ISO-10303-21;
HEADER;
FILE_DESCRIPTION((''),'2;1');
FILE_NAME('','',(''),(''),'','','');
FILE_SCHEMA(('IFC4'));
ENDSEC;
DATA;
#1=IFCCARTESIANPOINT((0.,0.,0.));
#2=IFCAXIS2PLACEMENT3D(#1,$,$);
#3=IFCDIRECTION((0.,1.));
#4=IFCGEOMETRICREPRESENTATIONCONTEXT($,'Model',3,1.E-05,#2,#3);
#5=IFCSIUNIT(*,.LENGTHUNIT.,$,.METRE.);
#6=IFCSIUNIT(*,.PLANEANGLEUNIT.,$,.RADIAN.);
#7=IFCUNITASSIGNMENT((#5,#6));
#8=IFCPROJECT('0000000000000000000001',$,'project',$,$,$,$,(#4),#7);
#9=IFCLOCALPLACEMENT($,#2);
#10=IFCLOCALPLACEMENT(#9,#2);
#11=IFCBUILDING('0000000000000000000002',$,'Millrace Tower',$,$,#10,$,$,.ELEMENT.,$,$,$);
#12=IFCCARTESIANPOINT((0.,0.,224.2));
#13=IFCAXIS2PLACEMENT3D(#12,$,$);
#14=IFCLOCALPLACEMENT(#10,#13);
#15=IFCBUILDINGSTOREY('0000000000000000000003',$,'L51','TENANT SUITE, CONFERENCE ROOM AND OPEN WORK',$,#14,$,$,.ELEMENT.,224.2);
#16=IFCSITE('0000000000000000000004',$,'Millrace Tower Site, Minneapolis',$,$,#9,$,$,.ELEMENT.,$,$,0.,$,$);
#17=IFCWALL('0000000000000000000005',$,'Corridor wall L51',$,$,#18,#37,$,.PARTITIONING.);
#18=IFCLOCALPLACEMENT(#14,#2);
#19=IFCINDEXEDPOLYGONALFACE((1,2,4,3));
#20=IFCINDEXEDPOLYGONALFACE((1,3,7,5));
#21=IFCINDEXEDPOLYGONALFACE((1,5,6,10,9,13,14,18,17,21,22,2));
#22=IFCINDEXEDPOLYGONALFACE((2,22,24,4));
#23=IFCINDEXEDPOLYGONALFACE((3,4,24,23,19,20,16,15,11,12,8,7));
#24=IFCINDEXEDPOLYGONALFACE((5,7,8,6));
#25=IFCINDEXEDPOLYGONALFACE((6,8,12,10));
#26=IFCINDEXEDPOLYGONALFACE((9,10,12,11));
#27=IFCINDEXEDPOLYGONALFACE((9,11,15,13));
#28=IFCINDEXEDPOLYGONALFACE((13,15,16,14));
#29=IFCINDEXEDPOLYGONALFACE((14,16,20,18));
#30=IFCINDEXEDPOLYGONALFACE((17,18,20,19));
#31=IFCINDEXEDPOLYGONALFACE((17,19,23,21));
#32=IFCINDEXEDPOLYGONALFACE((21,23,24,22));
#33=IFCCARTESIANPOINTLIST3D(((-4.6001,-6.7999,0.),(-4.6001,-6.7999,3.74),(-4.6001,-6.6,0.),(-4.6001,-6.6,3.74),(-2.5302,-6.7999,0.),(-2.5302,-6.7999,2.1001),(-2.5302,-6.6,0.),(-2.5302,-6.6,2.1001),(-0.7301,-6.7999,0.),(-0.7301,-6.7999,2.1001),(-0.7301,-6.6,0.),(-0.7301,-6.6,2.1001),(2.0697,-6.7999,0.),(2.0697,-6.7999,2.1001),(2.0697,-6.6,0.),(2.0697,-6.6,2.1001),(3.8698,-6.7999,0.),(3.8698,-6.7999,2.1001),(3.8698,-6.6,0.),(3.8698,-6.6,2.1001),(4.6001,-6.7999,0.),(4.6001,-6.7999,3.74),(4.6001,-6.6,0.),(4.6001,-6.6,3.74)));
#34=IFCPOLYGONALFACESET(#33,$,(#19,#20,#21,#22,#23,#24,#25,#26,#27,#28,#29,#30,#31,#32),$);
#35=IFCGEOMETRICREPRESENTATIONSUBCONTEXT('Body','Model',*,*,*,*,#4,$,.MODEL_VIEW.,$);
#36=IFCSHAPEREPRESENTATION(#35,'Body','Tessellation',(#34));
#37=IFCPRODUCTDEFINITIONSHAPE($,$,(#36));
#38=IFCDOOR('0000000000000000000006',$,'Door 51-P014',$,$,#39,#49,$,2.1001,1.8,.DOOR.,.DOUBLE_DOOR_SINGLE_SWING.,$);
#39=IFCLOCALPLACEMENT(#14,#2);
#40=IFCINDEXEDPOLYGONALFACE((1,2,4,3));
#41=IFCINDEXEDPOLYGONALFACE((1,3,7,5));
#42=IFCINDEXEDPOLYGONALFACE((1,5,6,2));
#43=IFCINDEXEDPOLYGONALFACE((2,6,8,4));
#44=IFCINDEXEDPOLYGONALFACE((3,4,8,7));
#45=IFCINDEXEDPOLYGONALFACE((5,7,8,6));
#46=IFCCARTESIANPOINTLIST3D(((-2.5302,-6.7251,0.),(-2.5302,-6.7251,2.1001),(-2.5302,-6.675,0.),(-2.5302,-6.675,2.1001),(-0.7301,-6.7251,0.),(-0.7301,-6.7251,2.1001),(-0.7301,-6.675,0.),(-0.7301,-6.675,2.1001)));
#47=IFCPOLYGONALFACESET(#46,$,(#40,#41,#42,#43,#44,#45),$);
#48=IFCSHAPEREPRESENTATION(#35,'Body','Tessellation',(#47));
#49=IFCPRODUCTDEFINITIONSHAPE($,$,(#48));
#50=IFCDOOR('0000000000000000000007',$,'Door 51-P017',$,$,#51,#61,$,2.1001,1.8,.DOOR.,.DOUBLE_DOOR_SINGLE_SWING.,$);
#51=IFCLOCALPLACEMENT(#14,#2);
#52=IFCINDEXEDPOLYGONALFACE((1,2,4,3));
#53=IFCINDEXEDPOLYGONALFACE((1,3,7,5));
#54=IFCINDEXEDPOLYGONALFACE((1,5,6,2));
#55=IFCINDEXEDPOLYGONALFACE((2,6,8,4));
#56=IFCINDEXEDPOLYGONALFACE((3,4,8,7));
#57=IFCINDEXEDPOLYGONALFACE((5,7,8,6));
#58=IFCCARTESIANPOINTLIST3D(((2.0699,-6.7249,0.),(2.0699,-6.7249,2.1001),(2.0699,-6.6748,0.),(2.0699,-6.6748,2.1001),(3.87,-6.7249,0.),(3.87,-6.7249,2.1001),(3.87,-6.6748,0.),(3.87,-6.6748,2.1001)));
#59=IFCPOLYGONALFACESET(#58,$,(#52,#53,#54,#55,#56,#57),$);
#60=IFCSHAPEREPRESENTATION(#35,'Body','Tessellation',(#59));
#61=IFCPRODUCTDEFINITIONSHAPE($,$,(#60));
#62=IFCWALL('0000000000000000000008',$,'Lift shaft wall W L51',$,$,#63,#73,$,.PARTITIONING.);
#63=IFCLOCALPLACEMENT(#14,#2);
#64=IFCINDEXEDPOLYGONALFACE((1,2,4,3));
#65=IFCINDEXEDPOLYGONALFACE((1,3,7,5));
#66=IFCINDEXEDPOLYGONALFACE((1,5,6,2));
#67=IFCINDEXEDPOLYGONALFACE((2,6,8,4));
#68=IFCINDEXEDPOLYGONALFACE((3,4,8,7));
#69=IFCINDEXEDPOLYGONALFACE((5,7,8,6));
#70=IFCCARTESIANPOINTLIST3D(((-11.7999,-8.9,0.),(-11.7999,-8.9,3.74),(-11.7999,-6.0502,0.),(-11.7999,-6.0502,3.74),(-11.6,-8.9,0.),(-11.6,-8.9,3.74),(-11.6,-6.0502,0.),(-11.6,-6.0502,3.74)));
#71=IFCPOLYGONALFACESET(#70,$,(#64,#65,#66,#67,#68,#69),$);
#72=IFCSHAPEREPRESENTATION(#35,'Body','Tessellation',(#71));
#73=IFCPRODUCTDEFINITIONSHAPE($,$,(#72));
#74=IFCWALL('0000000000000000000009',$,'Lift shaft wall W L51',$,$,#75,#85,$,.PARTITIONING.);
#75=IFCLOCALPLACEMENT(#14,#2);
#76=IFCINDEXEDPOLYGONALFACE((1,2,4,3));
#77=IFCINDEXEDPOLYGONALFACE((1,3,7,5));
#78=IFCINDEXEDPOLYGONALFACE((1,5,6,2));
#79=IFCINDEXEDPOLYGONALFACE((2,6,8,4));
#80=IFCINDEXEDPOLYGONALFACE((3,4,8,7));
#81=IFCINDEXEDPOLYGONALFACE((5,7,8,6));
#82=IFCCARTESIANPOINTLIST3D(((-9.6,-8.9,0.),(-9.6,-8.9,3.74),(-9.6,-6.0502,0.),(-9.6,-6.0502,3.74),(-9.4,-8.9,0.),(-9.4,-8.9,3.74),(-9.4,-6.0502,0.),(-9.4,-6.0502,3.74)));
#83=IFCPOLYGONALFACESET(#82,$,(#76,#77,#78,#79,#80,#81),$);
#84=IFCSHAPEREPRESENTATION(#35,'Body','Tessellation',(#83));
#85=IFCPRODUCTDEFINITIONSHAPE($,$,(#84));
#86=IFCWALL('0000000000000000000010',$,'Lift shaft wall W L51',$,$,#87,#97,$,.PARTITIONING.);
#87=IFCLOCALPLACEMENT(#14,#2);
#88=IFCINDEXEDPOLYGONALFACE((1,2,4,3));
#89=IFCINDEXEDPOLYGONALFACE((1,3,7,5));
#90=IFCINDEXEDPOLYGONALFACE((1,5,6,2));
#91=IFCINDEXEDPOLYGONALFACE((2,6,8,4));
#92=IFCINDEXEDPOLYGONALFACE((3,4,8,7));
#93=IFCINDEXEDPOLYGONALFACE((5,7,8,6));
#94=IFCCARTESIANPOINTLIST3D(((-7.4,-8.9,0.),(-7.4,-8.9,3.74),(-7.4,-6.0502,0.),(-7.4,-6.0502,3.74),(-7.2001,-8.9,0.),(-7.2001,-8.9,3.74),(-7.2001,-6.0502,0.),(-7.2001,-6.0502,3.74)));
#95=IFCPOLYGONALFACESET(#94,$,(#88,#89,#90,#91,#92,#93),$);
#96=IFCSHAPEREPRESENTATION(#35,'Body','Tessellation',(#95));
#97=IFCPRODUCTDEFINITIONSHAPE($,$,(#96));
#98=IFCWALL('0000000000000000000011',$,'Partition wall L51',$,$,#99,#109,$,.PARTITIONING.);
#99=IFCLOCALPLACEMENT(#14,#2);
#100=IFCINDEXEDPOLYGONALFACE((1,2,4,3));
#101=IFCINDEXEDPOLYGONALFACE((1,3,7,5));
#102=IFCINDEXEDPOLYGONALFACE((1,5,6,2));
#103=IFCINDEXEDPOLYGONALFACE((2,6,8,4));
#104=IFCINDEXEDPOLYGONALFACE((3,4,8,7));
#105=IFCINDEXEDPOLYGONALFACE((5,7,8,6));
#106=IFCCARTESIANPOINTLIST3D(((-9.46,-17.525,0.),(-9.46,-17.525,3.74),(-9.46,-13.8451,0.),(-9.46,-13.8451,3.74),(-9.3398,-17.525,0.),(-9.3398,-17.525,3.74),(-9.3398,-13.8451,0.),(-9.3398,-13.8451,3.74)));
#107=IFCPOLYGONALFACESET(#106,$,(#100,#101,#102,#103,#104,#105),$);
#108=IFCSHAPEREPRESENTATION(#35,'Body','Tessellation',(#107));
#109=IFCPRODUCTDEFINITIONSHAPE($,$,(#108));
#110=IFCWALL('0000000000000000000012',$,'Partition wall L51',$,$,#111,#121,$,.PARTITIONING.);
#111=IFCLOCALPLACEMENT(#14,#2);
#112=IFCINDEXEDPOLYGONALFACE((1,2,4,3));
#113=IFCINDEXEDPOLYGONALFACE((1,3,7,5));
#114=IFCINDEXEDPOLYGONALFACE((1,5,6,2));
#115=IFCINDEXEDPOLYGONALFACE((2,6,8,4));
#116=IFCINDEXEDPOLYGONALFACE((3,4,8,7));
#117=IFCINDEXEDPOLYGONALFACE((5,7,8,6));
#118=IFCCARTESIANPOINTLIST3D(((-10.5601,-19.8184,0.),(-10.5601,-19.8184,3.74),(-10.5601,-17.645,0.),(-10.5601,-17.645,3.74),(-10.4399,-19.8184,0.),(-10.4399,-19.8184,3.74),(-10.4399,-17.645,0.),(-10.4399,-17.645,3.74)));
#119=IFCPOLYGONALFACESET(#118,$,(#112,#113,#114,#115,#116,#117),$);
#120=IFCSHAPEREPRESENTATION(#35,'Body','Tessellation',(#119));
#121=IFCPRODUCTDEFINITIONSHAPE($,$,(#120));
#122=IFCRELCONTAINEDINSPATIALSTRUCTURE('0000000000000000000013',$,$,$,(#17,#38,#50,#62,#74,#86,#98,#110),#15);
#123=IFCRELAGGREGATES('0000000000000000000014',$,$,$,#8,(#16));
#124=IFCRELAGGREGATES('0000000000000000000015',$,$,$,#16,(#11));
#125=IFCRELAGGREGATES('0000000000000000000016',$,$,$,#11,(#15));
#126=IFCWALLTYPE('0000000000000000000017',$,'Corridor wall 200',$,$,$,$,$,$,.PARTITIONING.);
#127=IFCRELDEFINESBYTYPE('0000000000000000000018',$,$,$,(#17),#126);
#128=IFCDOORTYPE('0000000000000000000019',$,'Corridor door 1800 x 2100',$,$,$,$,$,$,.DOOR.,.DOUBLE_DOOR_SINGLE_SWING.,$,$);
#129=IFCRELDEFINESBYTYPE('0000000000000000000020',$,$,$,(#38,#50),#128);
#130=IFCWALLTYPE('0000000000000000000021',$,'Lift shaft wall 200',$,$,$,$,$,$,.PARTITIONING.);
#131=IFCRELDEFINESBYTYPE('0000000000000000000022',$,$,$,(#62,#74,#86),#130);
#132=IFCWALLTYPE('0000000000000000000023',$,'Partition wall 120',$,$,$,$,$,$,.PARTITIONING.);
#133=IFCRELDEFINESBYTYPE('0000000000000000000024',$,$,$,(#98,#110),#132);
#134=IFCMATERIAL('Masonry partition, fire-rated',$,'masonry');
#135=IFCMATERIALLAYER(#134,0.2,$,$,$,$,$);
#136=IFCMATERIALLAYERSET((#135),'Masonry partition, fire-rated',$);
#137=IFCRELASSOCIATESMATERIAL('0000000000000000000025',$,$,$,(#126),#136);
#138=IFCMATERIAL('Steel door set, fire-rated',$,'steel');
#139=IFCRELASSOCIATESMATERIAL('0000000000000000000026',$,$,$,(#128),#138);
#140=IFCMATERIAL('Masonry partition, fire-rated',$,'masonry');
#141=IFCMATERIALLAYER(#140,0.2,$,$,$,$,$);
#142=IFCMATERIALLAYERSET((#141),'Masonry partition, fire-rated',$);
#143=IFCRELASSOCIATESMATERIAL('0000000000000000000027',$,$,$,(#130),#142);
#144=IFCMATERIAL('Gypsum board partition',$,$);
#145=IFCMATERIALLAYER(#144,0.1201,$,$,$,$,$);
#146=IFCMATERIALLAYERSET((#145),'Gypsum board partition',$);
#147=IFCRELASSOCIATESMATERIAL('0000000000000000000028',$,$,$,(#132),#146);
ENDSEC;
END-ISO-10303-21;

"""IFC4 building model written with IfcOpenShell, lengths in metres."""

from ifc_helpers import new_model, si_unit, direction, frame, frame_2d, origin, place, context, subcontext, project, spatial, rectangle, extrude, material, layer, layer_set, type_object, element, fill, save


model = new_model("IFC4")

# Units and contexts
model_context = context("Model", 3, precision=1e-05, world=origin(), true_north=direction((0.0, 1.0)))
body_context = subcontext(model_context, "Body", "Model", "MODEL_VIEW")
ifc_project = project(units=[si_unit("LENGTHUNIT", "METRE"), si_unit("PLANEANGLEUNIT", "RADIAN")], contexts=[model_context])

# Site, building, storey
site_placement = place(None, origin())
site = spatial("IfcSite", under=ifc_project, at=site_placement, Name="Millrace Tower Site, Minneapolis", CompositionType="ELEMENT", RefElevation=0.0)
building_placement = place(site_placement, origin())
building = spatial("IfcBuilding", under=site, at=building_placement, Name="Millrace Tower", CompositionType="ELEMENT")
storey_placement = place(building_placement, frame((0.0, 0.0, 224.2)))
storey = spatial("IfcBuildingStorey", under=building, at=storey_placement, Name="L51", Description="TENANT SUITE, CONFERENCE ROOM AND OPEN WORK", CompositionType="ELEMENT", Elevation=224.2)

# Wall, openings, doors
ifc_material_1 = material(Name="Masonry partition, fire-rated", Category="masonry")
ifc_layer_1 = layer(ifc_material_1, 0.2)
ifc_layer_set_1 = layer_set([ifc_layer_1], Name="Masonry partition, fire-rated")
wall_type_1 = type_object("IfcWallType", Name="Corridor wall 200", PredefinedType="PARTITIONING", material=ifc_layer_set_1)
wall_1_placement = place(storey_placement, frame((-4.6001, -6.7, 0.0), z_axis=(0.0, 0.0, 1.0), x_axis=(1.0, 0.0, 0.0)))
wall_1 = element("IfcWall", 1, at=wall_1_placement, inside=storey, type_object=wall_type_1, Name="Corridor wall L51", PredefinedType="PARTITIONING", context=body_context, shape_type="SweptSolid", body=[
    extrude(rectangle(XDim=9.2002, YDim=0.2, at=frame_2d((4.6001, 0.0))), origin(), (0.0, 0.0, 1.0), 3.74),
])
opening_1_placement = place(wall_1_placement, frame((2.0701, 0.0, 0.0)))
opening_1 = element("IfcOpeningElement", 2, at=opening_1_placement, cuts=wall_1, PredefinedType="OPENING", context=body_context, shape_type="SweptSolid", body=[
    extrude(rectangle(XDim=1.8, YDim=2.1001, at=frame_2d((0.8999, 1.05))), frame((0.0, 0.1099, 0.0), z_axis=(0.0, -1.0, 0.0), x_axis=(1.0, 0.0, 0.0)), (0.0, 0.0, 1.0), 0.22),
])
opening_2_placement = place(wall_1_placement, frame((6.6699, 0.0, 0.0)))
opening_2 = element("IfcOpeningElement", 3, at=opening_2_placement, cuts=wall_1, PredefinedType="OPENING", context=body_context, shape_type="SweptSolid", body=[
    extrude(rectangle(XDim=1.8, YDim=2.1001, at=frame_2d((0.8999, 1.05))), frame((0.0, 0.1099, 0.0), z_axis=(0.0, -1.0, 0.0), x_axis=(1.0, 0.0, 0.0)), (0.0, 0.0, 1.0), 0.22),
])
ifc_material_2 = material(Name="Steel door set, fire-rated", Category="steel")
door_type = type_object("IfcDoorType", Name="Corridor door 1800 x 2100", OperationType="DOUBLE_DOOR_SINGLE_SWING", PredefinedType="DOOR", material=ifc_material_2)
door_1_placement = place(opening_1_placement, origin())
door_1 = element("IfcDoor", 4, at=door_1_placement, inside=storey, type_object=door_type, Name="Door 51-P014", OperationType="DOUBLE_DOOR_SINGLE_SWING", OverallHeight=2.1001, OverallWidth=1.8, PredefinedType="DOOR", context=body_context, shape_type="SweptSolid", body=[
    extrude(rectangle(XDim=1.8, YDim=2.1001, at=frame_2d((0.8999, 1.05))), frame((0.0, 0.0249, 0.0), z_axis=(0.0, -1.0, 0.0), x_axis=(1.0, 0.0, 0.0)), (0.0, 0.0, 1.0), 0.05),
])
fill(opening_1, door_1)
door_2_placement = place(opening_2_placement, frame((1.8, 0.0, 0.0), z_axis=(0.0, 0.0, 1.0), x_axis=(-1.0, 0.0, 0.0)))
door_2 = element("IfcDoor", 5, at=door_2_placement, inside=storey, type_object=door_type, Name="Door 51-P017", OperationType="DOUBLE_DOOR_SINGLE_SWING", OverallHeight=2.1001, OverallWidth=1.8, PredefinedType="DOOR", context=body_context, shape_type="SweptSolid", body=[
    extrude(rectangle(XDim=1.8, YDim=2.1001, at=frame_2d((0.8999, 1.05))), frame((0.0, 0.0249, 0.0), z_axis=(0.0, -1.0, 0.0), x_axis=(1.0, 0.0, 0.0)), (0.0, 0.0, 1.0), 0.05),
])
fill(opening_2, door_2)

# Walls
ifc_material_3 = material(Name="Masonry partition, fire-rated", Category="masonry")
ifc_layer_2 = layer(ifc_material_3, 0.2)
ifc_layer_set_2 = layer_set([ifc_layer_2], Name="Masonry partition, fire-rated")
wall_type_2 = type_object("IfcWallType", Name="Lift shaft wall 200", PredefinedType="PARTITIONING", material=ifc_layer_set_2)
for number, where, z_axis, x_axis, name in (
    (6, (-11.7, -8.8999, 0.0), (0.0, 0.0, 1.0), (0.0, 1.0, 0.0), "Lift shaft wall W L51"),
    (7, (-9.5, -8.8999, 0.0), (0.0, 0.0, 1.0), (0.0, 1.0, 0.0), "Lift shaft wall W L51"),
    (8, (-7.3, -8.8999, 0.0), (0.0, 0.0, 1.0), (0.0, 1.0, 0.0), "Lift shaft wall W L51"),
):
    element("IfcWall", number, at=place(storey_placement, frame(where, z_axis=z_axis, x_axis=x_axis)), inside=storey, type_object=wall_type_2, Name=name, PredefinedType="PARTITIONING", context=body_context, shape_type="SweptSolid", body=[
        extrude(rectangle(XDim=2.8499, YDim=0.2, at=frame_2d((1.4248, 0.0))), origin(), (0.0, 0.0, 1.0), 3.74),
    ])
ifc_material_4 = material(Name="Gypsum board partition")
ifc_layer_3 = layer(ifc_material_4, 0.1201)
ifc_layer_set_3 = layer_set([ifc_layer_3], Name="Gypsum board partition")
wall_type_3 = type_object("IfcWallType", Name="Partition wall 120", PredefinedType="PARTITIONING", material=ifc_layer_set_3)
wall_2_placement = place(storey_placement, frame((-9.3999, -17.5249, 0.0), z_axis=(0.0, 0.0, 1.0), x_axis=(0.0, 1.0, 0.0)))
element("IfcWall", 9, at=wall_2_placement, inside=storey, type_object=wall_type_3, Name="Partition wall L51", PredefinedType="PARTITIONING", context=body_context, shape_type="SweptSolid", body=[
    extrude(rectangle(XDim=3.6799, YDim=0.1201, at=frame_2d((1.8398, 0.0))), origin(), (0.0, 0.0, 1.0), 3.74),
])
wall_3_placement = place(storey_placement, frame((-10.5, -19.8184, 0.0), z_axis=(0.0, 0.0, 1.0), x_axis=(0.0, 1.0, 0.0)))
element("IfcWall", 10, at=wall_3_placement, inside=storey, type_object=wall_type_3, Name="Partition wall L51", PredefinedType="PARTITIONING", context=body_context, shape_type="SweptSolid", body=[
    extrude(rectangle(XDim=2.1733, YDim=0.1201, at=frame_2d((1.0867, 0.0))), origin(), (0.0, 0.0, 1.0), 3.74),
])

save(model, "model.ifc")
